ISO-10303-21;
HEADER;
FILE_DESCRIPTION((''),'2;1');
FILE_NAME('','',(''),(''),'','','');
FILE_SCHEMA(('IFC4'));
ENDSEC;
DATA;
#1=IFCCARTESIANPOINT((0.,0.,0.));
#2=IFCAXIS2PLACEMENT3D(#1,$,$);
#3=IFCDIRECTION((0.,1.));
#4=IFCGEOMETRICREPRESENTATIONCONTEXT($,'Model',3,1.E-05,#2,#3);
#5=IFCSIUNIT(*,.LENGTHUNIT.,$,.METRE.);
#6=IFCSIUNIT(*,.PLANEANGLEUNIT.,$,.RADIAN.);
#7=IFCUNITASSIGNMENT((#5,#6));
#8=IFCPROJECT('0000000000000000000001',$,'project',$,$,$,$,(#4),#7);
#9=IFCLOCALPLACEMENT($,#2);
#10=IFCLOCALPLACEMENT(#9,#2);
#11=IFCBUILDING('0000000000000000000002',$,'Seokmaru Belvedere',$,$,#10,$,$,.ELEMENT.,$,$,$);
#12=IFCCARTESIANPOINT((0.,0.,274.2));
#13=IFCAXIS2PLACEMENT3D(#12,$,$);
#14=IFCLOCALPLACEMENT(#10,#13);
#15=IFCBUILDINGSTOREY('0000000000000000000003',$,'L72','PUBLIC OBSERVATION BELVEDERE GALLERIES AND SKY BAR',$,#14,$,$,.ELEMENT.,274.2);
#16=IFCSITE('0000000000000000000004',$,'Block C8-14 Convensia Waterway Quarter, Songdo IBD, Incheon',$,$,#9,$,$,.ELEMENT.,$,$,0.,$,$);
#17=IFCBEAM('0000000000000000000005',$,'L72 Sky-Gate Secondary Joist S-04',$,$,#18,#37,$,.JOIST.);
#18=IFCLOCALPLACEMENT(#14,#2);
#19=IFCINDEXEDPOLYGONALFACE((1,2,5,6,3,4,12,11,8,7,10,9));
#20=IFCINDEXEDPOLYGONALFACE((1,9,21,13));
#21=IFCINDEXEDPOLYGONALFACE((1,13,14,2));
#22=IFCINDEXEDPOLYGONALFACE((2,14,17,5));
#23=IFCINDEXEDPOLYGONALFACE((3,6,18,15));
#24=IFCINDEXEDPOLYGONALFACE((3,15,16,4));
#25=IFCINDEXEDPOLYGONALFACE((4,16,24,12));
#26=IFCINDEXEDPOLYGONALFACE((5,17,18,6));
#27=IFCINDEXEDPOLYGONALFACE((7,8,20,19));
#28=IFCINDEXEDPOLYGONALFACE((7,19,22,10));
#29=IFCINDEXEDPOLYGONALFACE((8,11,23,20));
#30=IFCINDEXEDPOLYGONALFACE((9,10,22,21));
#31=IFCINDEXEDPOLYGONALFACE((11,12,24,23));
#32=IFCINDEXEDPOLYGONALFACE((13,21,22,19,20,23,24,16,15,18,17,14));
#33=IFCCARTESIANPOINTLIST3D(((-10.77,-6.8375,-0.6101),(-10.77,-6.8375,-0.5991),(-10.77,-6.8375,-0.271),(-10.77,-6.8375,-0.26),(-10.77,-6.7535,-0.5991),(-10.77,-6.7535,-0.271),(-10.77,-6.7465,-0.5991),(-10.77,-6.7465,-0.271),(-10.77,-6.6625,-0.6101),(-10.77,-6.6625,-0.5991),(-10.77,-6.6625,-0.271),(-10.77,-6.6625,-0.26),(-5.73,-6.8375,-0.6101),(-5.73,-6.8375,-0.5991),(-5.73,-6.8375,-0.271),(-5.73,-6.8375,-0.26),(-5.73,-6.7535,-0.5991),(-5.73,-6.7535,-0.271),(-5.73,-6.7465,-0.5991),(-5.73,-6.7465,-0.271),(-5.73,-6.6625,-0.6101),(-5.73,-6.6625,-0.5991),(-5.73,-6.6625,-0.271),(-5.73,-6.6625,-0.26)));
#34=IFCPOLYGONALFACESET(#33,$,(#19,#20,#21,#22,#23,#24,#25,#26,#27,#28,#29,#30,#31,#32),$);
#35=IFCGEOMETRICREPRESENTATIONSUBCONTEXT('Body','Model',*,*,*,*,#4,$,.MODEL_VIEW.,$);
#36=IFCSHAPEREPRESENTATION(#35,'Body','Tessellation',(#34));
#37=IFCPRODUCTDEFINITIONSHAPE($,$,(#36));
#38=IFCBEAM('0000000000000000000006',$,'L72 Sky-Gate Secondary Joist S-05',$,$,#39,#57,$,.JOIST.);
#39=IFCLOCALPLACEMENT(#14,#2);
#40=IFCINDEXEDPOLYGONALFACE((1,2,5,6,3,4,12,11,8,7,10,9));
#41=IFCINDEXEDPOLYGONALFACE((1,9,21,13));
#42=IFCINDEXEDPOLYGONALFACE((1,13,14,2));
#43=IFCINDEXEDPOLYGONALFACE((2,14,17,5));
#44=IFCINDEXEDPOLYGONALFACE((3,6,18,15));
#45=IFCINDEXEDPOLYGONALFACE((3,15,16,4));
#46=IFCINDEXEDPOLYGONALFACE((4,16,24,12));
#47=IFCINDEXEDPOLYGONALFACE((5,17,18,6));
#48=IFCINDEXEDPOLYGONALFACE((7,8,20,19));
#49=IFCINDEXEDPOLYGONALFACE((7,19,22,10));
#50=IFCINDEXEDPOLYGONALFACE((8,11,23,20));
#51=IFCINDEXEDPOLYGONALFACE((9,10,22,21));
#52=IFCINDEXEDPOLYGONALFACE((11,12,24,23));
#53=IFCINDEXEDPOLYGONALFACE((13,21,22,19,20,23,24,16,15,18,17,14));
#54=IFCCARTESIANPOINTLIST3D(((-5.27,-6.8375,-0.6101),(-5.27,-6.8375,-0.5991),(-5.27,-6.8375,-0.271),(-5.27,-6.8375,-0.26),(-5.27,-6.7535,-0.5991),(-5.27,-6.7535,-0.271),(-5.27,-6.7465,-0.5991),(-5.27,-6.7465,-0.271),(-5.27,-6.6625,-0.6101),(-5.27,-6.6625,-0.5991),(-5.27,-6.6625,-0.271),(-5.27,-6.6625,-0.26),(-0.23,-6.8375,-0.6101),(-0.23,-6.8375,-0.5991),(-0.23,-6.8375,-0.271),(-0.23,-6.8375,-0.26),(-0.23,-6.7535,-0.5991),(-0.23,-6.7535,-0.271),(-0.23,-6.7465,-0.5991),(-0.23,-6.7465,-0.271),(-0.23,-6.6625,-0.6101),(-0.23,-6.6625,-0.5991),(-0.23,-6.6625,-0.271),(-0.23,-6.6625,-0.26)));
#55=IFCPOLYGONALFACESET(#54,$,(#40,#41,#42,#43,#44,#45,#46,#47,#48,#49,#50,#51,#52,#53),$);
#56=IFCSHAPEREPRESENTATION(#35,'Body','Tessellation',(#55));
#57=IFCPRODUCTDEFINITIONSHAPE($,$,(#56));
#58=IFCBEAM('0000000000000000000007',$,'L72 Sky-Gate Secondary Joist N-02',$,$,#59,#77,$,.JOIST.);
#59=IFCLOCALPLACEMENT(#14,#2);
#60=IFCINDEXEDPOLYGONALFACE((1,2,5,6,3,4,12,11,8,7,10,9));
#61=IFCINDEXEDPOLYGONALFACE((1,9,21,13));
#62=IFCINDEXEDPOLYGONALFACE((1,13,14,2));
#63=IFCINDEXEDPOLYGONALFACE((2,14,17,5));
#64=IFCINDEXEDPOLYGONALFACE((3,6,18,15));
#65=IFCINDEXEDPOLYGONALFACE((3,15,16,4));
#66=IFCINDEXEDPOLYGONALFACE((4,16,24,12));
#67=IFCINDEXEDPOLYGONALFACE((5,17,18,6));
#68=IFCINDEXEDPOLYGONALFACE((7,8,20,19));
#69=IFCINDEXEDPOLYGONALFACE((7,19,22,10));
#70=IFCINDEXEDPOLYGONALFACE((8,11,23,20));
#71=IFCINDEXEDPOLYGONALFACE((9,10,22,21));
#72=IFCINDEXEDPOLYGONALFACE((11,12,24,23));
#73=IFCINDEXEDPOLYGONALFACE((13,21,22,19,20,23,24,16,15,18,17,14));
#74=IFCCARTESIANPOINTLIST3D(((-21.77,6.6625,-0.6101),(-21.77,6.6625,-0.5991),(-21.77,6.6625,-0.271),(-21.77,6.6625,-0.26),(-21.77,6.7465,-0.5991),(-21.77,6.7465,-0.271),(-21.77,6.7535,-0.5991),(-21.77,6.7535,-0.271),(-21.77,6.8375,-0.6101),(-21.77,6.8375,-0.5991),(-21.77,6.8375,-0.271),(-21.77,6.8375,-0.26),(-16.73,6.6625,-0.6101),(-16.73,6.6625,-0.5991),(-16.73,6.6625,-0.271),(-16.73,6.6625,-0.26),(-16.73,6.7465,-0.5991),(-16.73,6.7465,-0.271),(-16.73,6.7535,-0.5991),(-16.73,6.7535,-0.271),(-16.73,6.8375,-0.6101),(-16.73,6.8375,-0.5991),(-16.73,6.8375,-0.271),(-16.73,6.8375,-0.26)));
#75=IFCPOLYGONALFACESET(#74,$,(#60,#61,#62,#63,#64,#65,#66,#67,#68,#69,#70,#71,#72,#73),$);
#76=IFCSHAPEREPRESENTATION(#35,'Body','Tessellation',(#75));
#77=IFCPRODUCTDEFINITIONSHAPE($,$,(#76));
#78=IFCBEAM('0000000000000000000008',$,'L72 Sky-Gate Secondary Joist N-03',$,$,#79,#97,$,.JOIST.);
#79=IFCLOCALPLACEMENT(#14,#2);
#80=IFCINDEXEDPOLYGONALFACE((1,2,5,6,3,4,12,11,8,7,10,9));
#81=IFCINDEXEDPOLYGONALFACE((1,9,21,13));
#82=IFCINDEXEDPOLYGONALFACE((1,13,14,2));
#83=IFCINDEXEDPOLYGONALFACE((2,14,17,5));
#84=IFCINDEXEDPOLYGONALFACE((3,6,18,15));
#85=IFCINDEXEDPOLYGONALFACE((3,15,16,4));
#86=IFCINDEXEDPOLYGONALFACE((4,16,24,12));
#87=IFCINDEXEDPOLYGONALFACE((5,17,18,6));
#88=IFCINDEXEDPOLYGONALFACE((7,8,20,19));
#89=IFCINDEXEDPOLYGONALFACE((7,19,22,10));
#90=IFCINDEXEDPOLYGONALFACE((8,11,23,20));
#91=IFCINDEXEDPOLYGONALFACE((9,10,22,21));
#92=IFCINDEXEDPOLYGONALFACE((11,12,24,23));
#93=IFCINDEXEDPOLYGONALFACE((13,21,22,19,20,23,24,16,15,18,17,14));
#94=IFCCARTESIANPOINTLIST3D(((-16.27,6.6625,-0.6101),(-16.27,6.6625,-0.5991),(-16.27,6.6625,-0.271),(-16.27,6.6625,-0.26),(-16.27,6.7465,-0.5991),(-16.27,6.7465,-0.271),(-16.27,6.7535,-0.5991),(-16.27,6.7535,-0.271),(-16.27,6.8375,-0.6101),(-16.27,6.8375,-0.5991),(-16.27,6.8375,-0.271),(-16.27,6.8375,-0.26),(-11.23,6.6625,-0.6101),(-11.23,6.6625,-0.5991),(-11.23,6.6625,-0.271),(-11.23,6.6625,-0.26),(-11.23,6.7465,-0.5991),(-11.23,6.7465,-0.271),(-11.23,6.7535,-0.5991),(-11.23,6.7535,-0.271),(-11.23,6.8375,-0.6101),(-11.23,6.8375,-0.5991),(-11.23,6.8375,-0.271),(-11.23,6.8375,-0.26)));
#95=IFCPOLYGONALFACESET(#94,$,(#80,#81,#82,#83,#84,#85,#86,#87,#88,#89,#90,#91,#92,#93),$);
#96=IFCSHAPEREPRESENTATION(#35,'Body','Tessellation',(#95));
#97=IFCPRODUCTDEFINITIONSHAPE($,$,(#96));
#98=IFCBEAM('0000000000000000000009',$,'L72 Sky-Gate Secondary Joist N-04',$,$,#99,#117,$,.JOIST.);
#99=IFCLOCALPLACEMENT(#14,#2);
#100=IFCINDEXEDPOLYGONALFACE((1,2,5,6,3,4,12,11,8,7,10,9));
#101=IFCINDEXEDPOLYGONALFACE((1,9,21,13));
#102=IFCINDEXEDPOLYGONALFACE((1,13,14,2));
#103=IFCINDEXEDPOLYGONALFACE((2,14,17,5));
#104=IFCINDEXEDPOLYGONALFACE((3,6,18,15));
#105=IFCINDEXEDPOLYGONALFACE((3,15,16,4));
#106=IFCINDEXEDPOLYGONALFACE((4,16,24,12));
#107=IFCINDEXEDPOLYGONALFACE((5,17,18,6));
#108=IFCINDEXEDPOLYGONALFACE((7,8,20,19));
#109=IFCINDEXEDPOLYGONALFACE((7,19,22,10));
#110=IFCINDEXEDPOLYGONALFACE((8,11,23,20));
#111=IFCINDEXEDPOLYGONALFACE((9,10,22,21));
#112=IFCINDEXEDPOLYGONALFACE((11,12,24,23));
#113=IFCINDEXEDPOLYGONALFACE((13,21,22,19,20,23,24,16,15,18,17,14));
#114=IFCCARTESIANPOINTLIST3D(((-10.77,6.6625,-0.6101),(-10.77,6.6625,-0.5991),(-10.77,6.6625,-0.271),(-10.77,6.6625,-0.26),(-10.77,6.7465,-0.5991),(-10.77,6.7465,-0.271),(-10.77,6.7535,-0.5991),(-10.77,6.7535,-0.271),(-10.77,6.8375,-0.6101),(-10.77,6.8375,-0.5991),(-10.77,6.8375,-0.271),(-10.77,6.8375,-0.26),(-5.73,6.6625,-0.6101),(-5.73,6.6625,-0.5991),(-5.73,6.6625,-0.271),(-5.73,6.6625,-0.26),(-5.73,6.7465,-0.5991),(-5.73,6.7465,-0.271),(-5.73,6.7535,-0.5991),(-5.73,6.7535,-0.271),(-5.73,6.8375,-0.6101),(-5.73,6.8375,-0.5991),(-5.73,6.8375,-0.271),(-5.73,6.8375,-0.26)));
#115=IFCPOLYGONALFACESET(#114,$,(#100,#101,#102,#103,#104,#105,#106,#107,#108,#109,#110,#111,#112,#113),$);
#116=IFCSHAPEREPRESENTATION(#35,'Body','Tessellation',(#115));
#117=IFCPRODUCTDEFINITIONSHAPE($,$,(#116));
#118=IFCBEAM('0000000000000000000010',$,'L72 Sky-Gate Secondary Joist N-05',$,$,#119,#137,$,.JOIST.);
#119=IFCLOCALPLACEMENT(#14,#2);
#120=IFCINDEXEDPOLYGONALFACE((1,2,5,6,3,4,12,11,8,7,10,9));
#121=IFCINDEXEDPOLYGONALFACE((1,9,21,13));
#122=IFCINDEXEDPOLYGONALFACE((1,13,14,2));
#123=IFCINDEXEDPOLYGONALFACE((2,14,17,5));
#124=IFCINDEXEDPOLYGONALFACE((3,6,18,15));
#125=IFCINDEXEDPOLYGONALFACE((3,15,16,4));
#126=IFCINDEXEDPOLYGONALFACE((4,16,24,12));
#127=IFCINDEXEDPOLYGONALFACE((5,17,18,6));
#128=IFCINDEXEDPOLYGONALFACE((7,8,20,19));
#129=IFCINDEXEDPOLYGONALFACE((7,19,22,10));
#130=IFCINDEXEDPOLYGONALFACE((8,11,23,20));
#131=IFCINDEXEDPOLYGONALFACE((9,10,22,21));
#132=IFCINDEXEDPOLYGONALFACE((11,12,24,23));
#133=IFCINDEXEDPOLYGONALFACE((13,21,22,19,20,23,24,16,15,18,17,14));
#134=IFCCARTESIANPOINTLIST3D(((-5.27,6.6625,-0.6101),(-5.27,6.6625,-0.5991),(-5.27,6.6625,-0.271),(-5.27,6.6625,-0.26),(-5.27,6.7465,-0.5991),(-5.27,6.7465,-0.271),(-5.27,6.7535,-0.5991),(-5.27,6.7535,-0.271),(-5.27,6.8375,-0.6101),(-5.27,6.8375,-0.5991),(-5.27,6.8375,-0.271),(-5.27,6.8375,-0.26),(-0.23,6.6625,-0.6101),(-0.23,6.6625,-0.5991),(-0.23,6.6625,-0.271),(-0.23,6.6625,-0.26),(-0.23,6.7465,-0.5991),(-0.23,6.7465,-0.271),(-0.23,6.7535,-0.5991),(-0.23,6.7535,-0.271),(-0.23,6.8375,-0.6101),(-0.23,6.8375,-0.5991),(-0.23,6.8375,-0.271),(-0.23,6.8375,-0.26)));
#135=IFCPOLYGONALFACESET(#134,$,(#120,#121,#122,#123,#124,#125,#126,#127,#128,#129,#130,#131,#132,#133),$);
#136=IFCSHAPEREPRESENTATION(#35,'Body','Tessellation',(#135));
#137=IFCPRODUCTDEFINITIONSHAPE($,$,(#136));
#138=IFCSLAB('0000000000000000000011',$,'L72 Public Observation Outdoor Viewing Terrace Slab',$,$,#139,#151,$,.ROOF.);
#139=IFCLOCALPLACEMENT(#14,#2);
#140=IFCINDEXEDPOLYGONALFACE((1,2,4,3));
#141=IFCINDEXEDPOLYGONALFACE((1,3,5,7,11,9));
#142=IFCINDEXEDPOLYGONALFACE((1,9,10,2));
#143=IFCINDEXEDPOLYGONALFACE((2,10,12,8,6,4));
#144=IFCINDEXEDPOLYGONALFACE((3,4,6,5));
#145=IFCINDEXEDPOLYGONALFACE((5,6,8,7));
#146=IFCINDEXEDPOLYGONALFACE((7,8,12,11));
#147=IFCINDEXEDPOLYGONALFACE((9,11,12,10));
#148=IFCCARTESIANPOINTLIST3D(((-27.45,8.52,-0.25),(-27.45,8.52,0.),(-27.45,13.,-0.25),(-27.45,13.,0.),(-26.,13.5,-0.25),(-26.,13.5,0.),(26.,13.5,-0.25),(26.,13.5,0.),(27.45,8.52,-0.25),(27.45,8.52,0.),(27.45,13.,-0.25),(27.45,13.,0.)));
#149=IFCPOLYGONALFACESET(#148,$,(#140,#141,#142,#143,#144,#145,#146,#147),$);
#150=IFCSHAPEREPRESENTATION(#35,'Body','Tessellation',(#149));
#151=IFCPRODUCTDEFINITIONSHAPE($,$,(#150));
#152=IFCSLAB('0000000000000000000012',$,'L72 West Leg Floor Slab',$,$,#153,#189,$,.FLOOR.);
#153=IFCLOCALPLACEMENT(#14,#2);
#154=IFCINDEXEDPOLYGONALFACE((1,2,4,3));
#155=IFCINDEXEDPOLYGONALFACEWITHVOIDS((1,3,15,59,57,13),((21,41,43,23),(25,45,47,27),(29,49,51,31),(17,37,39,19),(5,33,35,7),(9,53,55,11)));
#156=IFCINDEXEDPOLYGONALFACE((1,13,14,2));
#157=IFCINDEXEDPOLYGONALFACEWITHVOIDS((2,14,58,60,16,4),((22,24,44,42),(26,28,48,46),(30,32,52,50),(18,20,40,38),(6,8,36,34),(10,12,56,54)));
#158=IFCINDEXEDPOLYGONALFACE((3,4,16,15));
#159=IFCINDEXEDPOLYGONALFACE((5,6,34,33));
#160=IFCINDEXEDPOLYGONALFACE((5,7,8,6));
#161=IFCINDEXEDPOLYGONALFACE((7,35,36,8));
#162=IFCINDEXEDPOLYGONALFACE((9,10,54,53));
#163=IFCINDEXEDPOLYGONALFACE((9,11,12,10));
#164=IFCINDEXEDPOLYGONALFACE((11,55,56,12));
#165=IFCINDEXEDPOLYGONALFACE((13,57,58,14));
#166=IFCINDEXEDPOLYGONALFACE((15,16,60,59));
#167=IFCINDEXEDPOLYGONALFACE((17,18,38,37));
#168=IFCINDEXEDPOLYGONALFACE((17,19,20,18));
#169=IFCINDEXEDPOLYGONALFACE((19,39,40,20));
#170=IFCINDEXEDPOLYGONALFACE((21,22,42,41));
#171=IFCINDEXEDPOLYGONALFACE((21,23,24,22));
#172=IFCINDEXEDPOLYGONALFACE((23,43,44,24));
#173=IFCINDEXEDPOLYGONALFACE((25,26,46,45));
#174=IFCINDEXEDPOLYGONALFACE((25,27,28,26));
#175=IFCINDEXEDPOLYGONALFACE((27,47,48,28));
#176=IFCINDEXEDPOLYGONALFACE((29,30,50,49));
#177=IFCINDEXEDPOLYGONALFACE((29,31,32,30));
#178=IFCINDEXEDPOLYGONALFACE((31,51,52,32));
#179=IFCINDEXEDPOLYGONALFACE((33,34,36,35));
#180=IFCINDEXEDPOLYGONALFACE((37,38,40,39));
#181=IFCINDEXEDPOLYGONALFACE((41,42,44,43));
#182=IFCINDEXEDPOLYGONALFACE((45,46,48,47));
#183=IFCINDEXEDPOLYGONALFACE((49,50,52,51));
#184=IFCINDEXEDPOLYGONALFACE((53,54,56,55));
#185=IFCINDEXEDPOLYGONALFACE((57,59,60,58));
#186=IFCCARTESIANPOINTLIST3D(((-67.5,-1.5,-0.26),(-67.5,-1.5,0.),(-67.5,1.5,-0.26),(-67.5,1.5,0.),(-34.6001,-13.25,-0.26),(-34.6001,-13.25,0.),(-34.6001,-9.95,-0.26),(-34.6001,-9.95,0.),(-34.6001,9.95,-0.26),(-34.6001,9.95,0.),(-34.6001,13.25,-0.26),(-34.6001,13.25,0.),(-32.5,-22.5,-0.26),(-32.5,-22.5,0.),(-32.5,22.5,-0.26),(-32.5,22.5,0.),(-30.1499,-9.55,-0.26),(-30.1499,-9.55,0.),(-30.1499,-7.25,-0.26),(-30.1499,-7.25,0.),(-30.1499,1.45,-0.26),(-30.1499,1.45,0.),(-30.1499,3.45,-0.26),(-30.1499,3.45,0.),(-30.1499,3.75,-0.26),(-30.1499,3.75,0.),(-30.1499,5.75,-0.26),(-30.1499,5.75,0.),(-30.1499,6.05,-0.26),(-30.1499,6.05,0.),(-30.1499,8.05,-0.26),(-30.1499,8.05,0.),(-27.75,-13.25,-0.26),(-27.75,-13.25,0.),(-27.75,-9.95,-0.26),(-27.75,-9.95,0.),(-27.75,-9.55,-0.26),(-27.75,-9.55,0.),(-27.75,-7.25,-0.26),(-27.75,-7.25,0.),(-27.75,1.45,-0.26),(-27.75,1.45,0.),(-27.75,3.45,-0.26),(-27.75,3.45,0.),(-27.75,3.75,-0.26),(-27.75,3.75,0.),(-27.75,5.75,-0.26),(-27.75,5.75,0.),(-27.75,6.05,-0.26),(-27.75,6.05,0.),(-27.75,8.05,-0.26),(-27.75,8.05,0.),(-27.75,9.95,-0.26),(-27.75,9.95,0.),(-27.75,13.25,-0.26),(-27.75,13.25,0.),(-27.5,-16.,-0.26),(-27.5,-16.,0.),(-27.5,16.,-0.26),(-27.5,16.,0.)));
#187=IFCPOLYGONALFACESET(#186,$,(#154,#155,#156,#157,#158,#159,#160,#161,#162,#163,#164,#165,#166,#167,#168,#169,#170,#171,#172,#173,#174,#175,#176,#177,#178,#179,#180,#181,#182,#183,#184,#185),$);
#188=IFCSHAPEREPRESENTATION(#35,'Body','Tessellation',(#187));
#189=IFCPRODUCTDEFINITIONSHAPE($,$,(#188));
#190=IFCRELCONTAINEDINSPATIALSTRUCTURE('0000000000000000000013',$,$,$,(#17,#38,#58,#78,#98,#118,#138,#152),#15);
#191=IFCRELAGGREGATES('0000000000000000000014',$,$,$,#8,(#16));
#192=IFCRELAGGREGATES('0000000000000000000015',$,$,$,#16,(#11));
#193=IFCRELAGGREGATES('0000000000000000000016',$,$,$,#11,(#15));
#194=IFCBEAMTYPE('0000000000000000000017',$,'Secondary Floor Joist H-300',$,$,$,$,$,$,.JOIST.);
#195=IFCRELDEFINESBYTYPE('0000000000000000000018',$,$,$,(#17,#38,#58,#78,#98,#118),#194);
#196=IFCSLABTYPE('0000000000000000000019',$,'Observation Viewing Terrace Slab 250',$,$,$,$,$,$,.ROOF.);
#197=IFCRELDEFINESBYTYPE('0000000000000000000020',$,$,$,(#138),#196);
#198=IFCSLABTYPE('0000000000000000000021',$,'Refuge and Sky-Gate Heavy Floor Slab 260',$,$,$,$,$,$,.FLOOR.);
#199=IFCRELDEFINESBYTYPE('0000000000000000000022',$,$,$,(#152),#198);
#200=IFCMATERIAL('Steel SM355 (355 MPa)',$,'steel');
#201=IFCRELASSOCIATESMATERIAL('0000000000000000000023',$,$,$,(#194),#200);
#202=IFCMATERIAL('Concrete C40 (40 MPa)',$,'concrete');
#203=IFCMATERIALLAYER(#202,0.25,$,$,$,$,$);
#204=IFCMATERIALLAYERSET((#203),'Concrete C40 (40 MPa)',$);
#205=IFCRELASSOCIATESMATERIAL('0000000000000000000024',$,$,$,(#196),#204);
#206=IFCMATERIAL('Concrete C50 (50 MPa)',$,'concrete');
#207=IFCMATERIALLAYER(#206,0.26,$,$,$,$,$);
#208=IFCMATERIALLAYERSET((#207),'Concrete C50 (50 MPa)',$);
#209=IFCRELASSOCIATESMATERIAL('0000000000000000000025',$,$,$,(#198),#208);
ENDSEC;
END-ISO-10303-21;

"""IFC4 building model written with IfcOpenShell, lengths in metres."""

from ifc_helpers import new_model, si_unit, direction, frame, origin, origin_2d, place, context, subcontext, project, spatial, polyline, i_section, outline, extrude, source, transform, mapped, material, layer, layer_set, material_profile, profile_set, type_object, type_shapes, element, save


model = new_model("IFC4")

# Units and contexts
model_context = context("Model", 3, precision=1e-05, world=origin(), true_north=direction((0.0, 1.0)))
body_context = subcontext(model_context, "Body", "Model", "MODEL_VIEW")
ifc_project = project(units=[si_unit("LENGTHUNIT", "METRE"), si_unit("PLANEANGLEUNIT", "RADIAN")], contexts=[model_context])

# Site, building, storey
site_placement = place(None, origin())
site = spatial("IfcSite", under=ifc_project, at=site_placement, Name="Block C8-14 Convensia Waterway Quarter, Songdo IBD, Incheon", CompositionType="ELEMENT", RefElevation=0.0)
building_placement = place(site_placement, origin())
building = spatial("IfcBuilding", under=site, at=building_placement, Name="Seokmaru Belvedere", CompositionType="ELEMENT")
storey_placement = place(building_placement, frame((0.0, 0.0, 274.2)))
storey = spatial("IfcBuildingStorey", under=building, at=storey_placement, Name="L72", Description="PUBLIC OBSERVATION BELVEDERE GALLERIES AND SKY BAR", CompositionType="ELEMENT", Elevation=274.2)

# Shared definitions
ifc_material_1 = material(Name="Steel SM355 (355 MPa)", Category="steel")

# Beams
ifc_material_profile_1 = material_profile(ifc_material_1, i_section(OverallWidth=0.175, OverallDepth=0.3501, WebThickness=0.0071, FlangeThickness=0.011, at=origin_2d()), Name="H-350x175x7x11")
ifc_profile_set_1 = profile_set([ifc_material_profile_1], Name="Steel SM355 (355 MPa)")
beam_type_1 = type_object("IfcBeamType", Name="Secondary Floor Joist H-300", PredefinedType="JOIST", material=ifc_profile_set_1)
shared_shape_1 = source(origin(), body_context, "Body", "SweptSolid", [
    extrude(i_section(OverallWidth=0.175, OverallDepth=0.3501, WebThickness=0.0071, FlangeThickness=0.011, at=origin_2d()), origin(), (0.0, 0.0, 1.0), 5.04),
])
type_shapes(beam_type_1, [shared_shape_1])
for number, where, z_axis, x_axis, name in (
    (1, (-10.77, -6.75, -0.4351), (1.0, 0.0, 0.0), (0.0, 1.0, 0.0), "L72 Sky-Gate Secondary Joist S-04"),
    (2, (-5.27, -6.75, -0.4351), (1.0, 0.0, 0.0), (0.0, 1.0, 0.0), "L72 Sky-Gate Secondary Joist S-05"),
    (3, (-21.77, 6.75, -0.4351), (1.0, 0.0, 0.0), (0.0, 1.0, 0.0), "L72 Sky-Gate Secondary Joist N-02"),
    (4, (-16.27, 6.75, -0.4351), (1.0, 0.0, 0.0), (0.0, 1.0, 0.0), "L72 Sky-Gate Secondary Joist N-03"),
    (5, (-10.77, 6.75, -0.4351), (1.0, 0.0, 0.0), (0.0, 1.0, 0.0), "L72 Sky-Gate Secondary Joist N-04"),
    (6, (-5.27, 6.75, -0.4351), (1.0, 0.0, 0.0), (0.0, 1.0, 0.0), "L72 Sky-Gate Secondary Joist N-05"),
):
    element("IfcBeam", number, at=place(storey_placement, frame(where, z_axis=z_axis, x_axis=x_axis)), inside=storey, type_object=beam_type_1, Name=name, PredefinedType="JOIST", context=body_context, shape_type="MappedRepresentation", body=[
        mapped(shared_shape_1, transform((0.0, 0.0, 0.0), scale=1.0)),
    ])

# Slabs
ifc_material_2 = material(Name="Concrete C40 (40 MPa)", Category="concrete")
ifc_layer_1 = layer(ifc_material_2, 0.25)
ifc_layer_set_1 = layer_set([ifc_layer_1], Name="Concrete C40 (40 MPa)")
slab_type_1 = type_object("IfcSlabType", Name="Observation Viewing Terrace Slab 250", PredefinedType="ROOF", material=ifc_layer_set_1)
slab_1_placement = place(storey_placement, frame((0.0, 0.0, -0.25)))
element("IfcSlab", 7, at=slab_1_placement, inside=storey, type_object=slab_type_1, Name="L72 Public Observation Outdoor Viewing Terrace Slab", PredefinedType="ROOF", context=body_context, shape_type="SweptSolid", body=[
    extrude(outline(polyline([(-27.45, 8.52), (27.45, 8.52), (27.45, 13.0), (26.0, 13.5), (-26.0, 13.5), (-27.45, 13.0), (-27.45, 8.52)])), origin(), (0.0, 0.0, 1.0), 0.25),
])
ifc_material_3 = material(Name="Concrete C50 (50 MPa)", Category="concrete")
ifc_layer_2 = layer(ifc_material_3, 0.26)
ifc_layer_set_2 = layer_set([ifc_layer_2], Name="Concrete C50 (50 MPa)")
slab_type_2 = type_object("IfcSlabType", Name="Refuge and Sky-Gate Heavy Floor Slab 260", PredefinedType="FLOOR", material=ifc_layer_set_2)
slab_2_placement = place(storey_placement, frame((0.0, 0.0, -0.26)))
element("IfcSlab", 8, at=slab_2_placement, inside=storey, type_object=slab_type_2, Name="L72 West Leg Floor Slab", PredefinedType="FLOOR", context=body_context, shape_type="SweptSolid", body=[
    extrude(outline(polyline([(-27.5, -16.0), (-27.5, 16.0), (-32.5, 22.5), (-67.5, 1.5), (-67.5, -1.5), (-32.5, -22.5), (-27.5, -16.0)]), holes=[polyline([(-34.6001, -13.25), (-27.75, -13.25), (-27.75, -9.95), (-34.6001, -9.95), (-34.6001, -13.25)]), polyline([(-34.6001, 9.95), (-27.75, 9.95), (-27.75, 13.25), (-34.6001, 13.25), (-34.6001, 9.95)]), polyline([(-30.1499, -9.55), (-27.75, -9.55), (-27.75, -7.25), (-30.1499, -7.25), (-30.1499, -9.55)]), polyline([(-30.1499, 1.45), (-27.75, 1.45), (-27.75, 3.45), (-30.1499, 3.45), (-30.1499, 1.45)]), polyline([(-30.1499, 3.75), (-27.75, 3.75), (-27.75, 5.75), (-30.1499, 5.75), (-30.1499, 3.75)]), polyline([(-30.1499, 6.05), (-27.75, 6.05), (-27.75, 8.05), (-30.1499, 8.05), (-30.1499, 6.05)])]), origin(), (0.0, 0.0, 1.0), 0.26),
])

save(model, "model.ifc")
